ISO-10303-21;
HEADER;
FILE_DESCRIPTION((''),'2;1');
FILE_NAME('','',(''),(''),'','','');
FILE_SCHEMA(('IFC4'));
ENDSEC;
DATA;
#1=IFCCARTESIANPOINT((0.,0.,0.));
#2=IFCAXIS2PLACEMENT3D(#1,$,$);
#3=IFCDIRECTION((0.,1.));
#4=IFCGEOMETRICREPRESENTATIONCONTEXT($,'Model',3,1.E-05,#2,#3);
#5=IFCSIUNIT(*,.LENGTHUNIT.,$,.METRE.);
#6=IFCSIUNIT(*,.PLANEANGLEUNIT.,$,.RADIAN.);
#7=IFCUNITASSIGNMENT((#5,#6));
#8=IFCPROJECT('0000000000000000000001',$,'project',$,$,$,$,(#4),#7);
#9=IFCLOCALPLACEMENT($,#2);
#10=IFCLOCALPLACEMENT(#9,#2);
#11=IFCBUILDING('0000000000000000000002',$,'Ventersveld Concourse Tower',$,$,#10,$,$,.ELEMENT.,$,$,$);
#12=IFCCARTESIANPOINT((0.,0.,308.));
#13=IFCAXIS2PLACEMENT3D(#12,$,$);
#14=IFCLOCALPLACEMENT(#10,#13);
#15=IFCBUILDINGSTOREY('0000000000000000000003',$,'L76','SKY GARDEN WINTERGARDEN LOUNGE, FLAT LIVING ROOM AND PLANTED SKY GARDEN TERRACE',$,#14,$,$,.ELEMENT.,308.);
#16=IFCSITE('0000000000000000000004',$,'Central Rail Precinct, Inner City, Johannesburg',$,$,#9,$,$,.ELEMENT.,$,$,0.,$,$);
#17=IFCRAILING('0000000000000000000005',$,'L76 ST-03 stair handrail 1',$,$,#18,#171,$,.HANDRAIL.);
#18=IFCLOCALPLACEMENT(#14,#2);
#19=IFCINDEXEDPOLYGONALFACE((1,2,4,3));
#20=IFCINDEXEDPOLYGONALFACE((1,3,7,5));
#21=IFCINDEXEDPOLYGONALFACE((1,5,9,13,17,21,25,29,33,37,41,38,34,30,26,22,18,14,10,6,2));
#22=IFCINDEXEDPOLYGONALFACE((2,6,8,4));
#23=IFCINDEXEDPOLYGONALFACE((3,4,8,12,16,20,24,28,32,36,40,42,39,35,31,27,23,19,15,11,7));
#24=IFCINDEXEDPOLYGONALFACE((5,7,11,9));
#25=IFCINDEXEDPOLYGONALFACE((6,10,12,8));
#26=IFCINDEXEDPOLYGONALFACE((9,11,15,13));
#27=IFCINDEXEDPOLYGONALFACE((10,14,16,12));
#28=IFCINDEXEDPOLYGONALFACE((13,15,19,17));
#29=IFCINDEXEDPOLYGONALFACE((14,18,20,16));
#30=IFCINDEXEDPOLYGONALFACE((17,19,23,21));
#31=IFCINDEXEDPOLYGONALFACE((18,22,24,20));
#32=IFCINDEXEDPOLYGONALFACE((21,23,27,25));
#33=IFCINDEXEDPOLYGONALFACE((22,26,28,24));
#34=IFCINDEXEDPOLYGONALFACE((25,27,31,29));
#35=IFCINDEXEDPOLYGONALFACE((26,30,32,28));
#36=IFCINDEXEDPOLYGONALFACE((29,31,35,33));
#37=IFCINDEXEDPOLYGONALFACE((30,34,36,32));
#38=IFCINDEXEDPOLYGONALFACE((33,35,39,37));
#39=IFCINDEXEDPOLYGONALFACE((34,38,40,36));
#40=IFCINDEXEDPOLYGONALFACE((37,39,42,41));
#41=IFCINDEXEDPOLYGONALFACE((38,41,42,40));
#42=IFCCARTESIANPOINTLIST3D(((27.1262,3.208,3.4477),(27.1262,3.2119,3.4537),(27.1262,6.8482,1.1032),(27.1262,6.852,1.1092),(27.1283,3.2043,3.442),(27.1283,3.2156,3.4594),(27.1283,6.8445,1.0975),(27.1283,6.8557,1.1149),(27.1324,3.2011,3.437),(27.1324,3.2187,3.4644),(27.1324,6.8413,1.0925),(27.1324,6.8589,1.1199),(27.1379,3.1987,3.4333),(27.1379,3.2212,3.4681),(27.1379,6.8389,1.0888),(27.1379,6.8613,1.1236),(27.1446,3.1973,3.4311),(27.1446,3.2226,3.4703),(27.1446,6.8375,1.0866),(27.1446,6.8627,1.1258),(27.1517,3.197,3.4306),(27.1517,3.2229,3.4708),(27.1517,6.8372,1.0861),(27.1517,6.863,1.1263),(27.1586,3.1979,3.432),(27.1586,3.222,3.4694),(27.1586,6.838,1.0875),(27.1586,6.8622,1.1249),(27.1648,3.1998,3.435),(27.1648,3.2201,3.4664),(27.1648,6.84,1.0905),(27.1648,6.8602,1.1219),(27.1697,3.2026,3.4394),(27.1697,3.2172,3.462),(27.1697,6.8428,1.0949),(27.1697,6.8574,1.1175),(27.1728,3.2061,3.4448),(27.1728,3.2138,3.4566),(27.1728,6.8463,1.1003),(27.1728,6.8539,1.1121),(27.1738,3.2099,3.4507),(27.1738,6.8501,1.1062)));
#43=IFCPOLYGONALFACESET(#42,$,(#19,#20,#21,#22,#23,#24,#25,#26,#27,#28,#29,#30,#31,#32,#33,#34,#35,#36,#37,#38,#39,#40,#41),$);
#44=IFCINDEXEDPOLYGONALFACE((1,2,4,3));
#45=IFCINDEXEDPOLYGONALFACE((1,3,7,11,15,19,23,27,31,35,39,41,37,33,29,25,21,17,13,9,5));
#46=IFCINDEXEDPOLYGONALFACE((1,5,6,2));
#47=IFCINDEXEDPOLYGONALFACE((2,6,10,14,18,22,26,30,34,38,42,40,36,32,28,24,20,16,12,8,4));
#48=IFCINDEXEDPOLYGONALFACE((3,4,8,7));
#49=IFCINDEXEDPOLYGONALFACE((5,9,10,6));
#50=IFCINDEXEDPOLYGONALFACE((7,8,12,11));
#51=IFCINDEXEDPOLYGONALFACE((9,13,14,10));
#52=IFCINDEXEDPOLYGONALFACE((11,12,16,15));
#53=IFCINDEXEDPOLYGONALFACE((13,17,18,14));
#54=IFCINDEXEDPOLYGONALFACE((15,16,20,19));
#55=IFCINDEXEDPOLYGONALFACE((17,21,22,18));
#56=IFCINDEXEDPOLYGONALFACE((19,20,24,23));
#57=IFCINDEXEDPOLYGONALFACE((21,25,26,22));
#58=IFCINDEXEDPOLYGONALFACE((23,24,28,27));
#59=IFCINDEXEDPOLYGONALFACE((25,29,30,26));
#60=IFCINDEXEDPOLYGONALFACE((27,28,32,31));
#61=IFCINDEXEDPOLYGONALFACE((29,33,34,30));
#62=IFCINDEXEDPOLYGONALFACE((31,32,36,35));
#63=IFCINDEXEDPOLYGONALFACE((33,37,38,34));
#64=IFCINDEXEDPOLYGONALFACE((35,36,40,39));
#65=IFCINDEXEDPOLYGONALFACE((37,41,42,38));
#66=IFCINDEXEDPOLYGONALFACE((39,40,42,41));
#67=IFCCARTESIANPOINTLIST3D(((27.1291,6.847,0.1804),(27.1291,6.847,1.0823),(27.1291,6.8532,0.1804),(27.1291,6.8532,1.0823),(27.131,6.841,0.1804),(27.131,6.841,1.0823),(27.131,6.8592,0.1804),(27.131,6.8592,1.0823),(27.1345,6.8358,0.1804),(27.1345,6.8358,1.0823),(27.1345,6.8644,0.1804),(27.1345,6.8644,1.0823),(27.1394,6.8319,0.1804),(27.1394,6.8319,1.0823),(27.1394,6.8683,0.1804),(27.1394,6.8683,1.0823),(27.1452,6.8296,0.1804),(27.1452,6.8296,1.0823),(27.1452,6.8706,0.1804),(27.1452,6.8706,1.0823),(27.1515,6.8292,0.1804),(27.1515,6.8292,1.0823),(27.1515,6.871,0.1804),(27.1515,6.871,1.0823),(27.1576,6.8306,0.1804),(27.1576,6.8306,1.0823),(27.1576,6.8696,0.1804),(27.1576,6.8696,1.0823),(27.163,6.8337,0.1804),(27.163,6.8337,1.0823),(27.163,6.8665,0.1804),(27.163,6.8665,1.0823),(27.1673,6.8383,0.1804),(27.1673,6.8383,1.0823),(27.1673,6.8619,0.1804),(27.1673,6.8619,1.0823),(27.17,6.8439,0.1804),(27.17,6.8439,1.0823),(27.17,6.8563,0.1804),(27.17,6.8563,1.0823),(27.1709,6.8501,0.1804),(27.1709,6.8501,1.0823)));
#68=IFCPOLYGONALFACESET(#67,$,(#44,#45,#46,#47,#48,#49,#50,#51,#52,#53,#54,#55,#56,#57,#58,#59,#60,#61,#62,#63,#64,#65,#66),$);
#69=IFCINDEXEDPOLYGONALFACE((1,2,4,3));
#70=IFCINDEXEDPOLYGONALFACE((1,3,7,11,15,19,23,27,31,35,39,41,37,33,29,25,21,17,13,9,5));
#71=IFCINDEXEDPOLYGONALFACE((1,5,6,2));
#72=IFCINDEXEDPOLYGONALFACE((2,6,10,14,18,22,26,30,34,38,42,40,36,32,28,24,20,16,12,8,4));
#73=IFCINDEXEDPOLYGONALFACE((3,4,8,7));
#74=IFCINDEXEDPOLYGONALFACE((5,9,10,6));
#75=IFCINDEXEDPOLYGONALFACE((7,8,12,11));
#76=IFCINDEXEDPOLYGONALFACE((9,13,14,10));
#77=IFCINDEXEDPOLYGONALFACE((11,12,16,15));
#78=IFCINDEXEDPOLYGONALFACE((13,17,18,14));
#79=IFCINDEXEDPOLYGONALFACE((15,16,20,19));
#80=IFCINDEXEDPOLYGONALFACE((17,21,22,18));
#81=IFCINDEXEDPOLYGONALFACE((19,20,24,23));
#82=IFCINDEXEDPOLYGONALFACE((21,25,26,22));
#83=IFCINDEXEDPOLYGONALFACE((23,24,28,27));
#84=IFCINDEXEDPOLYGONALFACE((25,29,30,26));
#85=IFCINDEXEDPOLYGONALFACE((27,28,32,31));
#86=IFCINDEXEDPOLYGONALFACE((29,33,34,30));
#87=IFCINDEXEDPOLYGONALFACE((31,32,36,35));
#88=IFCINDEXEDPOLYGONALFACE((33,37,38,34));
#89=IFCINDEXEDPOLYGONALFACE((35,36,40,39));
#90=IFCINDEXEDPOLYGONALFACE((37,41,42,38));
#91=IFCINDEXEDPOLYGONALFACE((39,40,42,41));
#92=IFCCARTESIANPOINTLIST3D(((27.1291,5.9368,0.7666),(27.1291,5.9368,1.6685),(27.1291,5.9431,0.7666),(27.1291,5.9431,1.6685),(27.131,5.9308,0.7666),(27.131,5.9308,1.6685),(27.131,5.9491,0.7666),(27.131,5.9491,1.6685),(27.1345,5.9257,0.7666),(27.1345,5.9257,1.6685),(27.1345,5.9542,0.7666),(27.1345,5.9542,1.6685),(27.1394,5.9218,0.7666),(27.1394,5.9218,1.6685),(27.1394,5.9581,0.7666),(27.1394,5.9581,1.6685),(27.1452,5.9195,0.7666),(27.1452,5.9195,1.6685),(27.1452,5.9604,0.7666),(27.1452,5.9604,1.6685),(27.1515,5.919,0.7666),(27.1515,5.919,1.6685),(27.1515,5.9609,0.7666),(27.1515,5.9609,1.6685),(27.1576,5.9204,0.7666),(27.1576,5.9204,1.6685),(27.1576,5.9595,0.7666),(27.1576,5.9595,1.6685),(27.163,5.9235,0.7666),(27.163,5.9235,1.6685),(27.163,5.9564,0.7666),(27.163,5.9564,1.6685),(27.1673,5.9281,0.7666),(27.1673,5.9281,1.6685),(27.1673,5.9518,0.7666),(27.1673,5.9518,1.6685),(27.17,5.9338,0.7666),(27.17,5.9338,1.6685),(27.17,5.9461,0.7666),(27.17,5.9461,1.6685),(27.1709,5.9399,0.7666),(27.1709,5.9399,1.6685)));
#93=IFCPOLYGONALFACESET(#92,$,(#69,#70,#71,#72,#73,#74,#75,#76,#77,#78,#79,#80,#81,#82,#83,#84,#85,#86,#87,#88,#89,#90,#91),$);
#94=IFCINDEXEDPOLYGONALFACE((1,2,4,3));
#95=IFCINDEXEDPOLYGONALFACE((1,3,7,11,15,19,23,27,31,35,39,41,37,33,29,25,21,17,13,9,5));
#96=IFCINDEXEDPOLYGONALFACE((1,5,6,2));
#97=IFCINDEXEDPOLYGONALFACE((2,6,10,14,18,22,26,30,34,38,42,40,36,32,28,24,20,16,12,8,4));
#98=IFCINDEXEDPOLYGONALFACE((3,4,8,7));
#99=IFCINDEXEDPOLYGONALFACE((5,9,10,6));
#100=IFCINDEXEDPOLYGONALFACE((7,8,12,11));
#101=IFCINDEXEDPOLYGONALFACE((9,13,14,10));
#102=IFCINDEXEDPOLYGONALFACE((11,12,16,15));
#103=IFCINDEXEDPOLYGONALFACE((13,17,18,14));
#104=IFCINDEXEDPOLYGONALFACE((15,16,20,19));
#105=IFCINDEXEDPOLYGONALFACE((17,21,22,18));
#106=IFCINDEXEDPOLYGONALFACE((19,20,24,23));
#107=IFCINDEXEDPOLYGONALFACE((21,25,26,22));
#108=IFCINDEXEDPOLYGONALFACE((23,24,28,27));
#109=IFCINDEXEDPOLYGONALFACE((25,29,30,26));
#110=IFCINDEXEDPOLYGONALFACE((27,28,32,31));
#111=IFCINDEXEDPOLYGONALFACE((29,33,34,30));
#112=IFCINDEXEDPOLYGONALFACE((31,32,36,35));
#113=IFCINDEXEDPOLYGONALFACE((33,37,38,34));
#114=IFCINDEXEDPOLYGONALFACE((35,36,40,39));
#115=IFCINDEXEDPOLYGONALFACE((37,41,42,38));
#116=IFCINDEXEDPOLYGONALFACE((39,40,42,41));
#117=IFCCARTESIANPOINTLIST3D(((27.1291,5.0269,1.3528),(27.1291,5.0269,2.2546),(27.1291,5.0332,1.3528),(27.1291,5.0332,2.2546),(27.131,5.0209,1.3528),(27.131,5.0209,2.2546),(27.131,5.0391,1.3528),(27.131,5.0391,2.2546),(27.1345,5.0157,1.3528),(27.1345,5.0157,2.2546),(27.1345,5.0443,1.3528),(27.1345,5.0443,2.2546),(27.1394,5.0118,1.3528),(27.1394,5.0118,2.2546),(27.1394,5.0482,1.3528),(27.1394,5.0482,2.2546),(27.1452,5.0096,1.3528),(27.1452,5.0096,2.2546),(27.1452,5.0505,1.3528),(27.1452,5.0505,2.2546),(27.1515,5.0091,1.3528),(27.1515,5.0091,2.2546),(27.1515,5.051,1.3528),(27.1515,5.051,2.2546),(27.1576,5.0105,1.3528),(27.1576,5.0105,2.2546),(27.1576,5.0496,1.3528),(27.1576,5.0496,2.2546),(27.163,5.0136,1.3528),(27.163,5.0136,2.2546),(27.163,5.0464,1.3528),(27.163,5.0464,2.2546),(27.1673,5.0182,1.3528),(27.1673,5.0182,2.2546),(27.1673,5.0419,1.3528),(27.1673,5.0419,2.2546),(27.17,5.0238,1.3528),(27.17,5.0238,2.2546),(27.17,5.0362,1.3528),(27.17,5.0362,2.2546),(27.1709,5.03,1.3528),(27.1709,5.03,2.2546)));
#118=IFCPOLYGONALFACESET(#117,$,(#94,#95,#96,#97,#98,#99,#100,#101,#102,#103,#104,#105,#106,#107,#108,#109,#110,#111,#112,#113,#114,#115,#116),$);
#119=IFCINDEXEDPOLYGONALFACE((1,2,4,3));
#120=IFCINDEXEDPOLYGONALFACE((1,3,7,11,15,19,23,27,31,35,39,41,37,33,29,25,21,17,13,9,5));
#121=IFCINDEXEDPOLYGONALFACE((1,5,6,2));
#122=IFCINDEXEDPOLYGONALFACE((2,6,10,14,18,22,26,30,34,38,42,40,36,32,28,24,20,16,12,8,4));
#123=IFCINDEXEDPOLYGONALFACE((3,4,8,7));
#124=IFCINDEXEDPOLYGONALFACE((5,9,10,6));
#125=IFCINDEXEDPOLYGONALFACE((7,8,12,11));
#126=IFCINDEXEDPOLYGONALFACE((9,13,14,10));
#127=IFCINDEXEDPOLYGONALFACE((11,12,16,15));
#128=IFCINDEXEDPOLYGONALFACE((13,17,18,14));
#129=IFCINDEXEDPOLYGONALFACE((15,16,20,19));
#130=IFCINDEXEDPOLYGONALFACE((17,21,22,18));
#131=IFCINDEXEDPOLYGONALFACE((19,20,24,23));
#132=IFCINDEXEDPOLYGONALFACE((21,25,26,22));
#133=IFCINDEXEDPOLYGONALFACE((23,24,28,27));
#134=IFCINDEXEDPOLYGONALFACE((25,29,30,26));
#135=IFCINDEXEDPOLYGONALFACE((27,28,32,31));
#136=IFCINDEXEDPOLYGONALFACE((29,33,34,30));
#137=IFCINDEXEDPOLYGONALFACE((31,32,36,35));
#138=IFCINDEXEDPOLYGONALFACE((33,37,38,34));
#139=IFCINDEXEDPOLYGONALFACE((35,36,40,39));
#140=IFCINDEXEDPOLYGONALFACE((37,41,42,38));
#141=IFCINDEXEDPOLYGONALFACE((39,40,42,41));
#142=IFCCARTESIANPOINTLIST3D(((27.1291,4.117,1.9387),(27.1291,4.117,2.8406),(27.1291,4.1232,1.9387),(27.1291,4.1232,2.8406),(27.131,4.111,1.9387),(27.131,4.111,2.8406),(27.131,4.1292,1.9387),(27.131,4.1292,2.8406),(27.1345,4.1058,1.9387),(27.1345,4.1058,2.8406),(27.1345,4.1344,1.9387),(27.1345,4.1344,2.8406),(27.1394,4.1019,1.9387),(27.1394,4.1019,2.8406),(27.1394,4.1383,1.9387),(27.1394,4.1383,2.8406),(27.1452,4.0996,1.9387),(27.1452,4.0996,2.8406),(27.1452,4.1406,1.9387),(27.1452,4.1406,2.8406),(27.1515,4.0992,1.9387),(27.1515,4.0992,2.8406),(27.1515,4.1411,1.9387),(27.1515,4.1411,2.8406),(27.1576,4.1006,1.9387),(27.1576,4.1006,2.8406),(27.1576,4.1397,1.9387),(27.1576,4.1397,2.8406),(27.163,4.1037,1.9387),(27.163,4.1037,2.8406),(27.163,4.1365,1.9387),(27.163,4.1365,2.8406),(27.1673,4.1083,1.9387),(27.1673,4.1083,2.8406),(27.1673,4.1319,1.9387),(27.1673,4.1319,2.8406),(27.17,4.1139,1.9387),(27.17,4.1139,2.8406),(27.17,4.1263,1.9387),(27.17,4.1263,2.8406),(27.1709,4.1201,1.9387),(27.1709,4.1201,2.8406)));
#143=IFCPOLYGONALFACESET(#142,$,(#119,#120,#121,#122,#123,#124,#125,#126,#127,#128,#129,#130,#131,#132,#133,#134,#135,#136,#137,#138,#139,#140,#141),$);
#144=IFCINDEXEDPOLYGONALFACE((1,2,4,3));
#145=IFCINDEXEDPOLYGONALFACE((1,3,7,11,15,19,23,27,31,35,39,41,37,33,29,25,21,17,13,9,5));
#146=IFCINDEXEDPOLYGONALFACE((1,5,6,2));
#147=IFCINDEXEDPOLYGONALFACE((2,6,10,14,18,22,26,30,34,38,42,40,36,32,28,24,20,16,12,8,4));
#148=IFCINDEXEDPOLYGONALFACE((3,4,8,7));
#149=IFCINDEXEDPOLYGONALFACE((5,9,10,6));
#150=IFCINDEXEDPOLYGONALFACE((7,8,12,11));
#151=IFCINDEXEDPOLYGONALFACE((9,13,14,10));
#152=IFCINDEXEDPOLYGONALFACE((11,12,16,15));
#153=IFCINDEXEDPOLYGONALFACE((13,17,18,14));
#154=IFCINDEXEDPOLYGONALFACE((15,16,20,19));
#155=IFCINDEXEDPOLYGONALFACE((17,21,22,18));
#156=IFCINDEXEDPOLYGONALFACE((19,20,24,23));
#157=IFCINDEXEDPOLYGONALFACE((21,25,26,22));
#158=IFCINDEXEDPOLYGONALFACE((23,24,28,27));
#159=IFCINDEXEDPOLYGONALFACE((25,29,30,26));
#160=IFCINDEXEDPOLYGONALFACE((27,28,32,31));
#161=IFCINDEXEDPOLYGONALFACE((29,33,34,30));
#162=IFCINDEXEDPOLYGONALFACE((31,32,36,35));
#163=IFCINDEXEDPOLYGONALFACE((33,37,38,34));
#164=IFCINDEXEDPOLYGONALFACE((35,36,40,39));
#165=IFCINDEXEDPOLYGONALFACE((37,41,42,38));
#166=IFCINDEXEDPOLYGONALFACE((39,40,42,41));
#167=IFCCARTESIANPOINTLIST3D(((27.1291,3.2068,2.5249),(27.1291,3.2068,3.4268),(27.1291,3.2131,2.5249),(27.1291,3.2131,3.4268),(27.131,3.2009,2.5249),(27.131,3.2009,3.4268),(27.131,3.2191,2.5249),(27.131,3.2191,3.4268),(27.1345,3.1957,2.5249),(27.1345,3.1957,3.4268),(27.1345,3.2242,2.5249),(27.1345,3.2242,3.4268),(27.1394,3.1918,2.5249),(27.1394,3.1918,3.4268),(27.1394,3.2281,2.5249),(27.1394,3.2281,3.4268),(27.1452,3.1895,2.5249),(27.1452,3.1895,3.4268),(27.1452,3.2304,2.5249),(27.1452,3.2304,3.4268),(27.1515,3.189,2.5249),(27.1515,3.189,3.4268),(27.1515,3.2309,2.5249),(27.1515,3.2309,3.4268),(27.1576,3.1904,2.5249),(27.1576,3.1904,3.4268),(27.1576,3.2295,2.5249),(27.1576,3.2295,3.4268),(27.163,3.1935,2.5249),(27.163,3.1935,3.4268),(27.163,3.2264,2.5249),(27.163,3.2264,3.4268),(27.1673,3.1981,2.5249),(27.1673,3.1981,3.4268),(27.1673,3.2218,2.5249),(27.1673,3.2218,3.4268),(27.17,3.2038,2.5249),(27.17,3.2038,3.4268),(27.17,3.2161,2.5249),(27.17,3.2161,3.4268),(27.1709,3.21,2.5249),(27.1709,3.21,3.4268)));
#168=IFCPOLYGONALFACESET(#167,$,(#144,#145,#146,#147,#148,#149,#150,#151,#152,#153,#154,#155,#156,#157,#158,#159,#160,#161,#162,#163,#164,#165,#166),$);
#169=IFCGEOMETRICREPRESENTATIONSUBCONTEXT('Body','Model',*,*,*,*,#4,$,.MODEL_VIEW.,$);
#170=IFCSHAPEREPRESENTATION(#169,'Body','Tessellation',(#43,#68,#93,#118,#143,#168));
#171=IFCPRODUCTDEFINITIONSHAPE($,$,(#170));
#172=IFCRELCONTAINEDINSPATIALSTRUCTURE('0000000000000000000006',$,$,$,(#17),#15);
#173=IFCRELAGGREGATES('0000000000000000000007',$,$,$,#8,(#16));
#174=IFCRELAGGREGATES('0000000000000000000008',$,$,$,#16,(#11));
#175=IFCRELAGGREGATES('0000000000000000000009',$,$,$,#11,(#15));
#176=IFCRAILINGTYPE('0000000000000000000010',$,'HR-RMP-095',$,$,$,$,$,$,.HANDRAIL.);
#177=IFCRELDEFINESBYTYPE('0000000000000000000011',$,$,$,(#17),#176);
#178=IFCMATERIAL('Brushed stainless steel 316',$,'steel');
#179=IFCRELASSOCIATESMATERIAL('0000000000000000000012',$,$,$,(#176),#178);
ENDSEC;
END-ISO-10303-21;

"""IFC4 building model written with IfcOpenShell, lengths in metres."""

from ifc_helpers import new_model, si_unit, direction, frame, origin, origin_2d, place, context, subcontext, project, spatial, circle, extrude, material, type_object, element, save


model = new_model("IFC4")

# Units and contexts
model_context = context("Model", 3, precision=1e-05, world=origin(), true_north=direction((0.0, 1.0)))
body_context = subcontext(model_context, "Body", "Model", "MODEL_VIEW")
ifc_project = project(units=[si_unit("LENGTHUNIT", "METRE"), si_unit("PLANEANGLEUNIT", "RADIAN")], contexts=[model_context])

# Site, building, storey
site_placement = place(None, origin())
site = spatial("IfcSite", under=ifc_project, at=site_placement, Name="Central Rail Precinct, Inner City, Johannesburg", CompositionType="ELEMENT", RefElevation=0.0)
building_placement = place(site_placement, origin())
building = spatial("IfcBuilding", under=site, at=building_placement, Name="Ventersveld Concourse Tower", CompositionType="ELEMENT")
storey_placement = place(building_placement, frame((0.0, 0.0, 308.0)))
storey = spatial("IfcBuildingStorey", under=building, at=storey_placement, Name="L76", Description="SKY GARDEN WINTERGARDEN LOUNGE, FLAT LIVING ROOM AND PLANTED SKY GARDEN TERRACE", CompositionType="ELEMENT", Elevation=308.0)

# Shared definitions
ifc_material_1 = material(Name="Brushed stainless steel 316", Category="steel")

# Railing
railing_type_1 = type_object("IfcRailingType", Name="HR-RMP-095", PredefinedType="HANDRAIL", material=ifc_material_1)
railing_1_placement = place(storey_placement, frame((27.1499, 6.8501, 0.1804)))
element("IfcRailing", 1, at=railing_1_placement, inside=storey, type_object=railing_type_1, Name="L76 ST-03 stair handrail 1", PredefinedType="HANDRAIL", context=body_context, shape_type="SweptSolid", body=[
    extrude(circle(Radius=0.0239, at=origin_2d()), frame((0.0, 0.0, 0.9258), z_axis=(0.0, -0.840716, 0.541476), x_axis=(1.0, 0.0, 0.0)), (0.0, 0.0, 1.0), 4.3298),
    extrude(circle(Radius=0.021, at=origin_2d()), origin(), (0.0, 0.0, 1.0), 0.9019),
    extrude(circle(Radius=0.021, at=origin_2d()), frame((0.0, -0.9102, 0.5862)), (0.0, 0.0, 1.0), 0.9019),
    extrude(circle(Radius=0.021, at=origin_2d()), frame((0.0, -1.8201, 1.1724)), (0.0, 0.0, 1.0), 0.9019),
    extrude(circle(Radius=0.021, at=origin_2d()), frame((0.0, -2.73, 1.7583)), (0.0, 0.0, 1.0), 0.9019),
    extrude(circle(Radius=0.021, at=origin_2d()), frame((0.0, -3.6401, 2.3445)), (0.0, 0.0, 1.0), 0.9019),
])

save(model, "model.ifc")
